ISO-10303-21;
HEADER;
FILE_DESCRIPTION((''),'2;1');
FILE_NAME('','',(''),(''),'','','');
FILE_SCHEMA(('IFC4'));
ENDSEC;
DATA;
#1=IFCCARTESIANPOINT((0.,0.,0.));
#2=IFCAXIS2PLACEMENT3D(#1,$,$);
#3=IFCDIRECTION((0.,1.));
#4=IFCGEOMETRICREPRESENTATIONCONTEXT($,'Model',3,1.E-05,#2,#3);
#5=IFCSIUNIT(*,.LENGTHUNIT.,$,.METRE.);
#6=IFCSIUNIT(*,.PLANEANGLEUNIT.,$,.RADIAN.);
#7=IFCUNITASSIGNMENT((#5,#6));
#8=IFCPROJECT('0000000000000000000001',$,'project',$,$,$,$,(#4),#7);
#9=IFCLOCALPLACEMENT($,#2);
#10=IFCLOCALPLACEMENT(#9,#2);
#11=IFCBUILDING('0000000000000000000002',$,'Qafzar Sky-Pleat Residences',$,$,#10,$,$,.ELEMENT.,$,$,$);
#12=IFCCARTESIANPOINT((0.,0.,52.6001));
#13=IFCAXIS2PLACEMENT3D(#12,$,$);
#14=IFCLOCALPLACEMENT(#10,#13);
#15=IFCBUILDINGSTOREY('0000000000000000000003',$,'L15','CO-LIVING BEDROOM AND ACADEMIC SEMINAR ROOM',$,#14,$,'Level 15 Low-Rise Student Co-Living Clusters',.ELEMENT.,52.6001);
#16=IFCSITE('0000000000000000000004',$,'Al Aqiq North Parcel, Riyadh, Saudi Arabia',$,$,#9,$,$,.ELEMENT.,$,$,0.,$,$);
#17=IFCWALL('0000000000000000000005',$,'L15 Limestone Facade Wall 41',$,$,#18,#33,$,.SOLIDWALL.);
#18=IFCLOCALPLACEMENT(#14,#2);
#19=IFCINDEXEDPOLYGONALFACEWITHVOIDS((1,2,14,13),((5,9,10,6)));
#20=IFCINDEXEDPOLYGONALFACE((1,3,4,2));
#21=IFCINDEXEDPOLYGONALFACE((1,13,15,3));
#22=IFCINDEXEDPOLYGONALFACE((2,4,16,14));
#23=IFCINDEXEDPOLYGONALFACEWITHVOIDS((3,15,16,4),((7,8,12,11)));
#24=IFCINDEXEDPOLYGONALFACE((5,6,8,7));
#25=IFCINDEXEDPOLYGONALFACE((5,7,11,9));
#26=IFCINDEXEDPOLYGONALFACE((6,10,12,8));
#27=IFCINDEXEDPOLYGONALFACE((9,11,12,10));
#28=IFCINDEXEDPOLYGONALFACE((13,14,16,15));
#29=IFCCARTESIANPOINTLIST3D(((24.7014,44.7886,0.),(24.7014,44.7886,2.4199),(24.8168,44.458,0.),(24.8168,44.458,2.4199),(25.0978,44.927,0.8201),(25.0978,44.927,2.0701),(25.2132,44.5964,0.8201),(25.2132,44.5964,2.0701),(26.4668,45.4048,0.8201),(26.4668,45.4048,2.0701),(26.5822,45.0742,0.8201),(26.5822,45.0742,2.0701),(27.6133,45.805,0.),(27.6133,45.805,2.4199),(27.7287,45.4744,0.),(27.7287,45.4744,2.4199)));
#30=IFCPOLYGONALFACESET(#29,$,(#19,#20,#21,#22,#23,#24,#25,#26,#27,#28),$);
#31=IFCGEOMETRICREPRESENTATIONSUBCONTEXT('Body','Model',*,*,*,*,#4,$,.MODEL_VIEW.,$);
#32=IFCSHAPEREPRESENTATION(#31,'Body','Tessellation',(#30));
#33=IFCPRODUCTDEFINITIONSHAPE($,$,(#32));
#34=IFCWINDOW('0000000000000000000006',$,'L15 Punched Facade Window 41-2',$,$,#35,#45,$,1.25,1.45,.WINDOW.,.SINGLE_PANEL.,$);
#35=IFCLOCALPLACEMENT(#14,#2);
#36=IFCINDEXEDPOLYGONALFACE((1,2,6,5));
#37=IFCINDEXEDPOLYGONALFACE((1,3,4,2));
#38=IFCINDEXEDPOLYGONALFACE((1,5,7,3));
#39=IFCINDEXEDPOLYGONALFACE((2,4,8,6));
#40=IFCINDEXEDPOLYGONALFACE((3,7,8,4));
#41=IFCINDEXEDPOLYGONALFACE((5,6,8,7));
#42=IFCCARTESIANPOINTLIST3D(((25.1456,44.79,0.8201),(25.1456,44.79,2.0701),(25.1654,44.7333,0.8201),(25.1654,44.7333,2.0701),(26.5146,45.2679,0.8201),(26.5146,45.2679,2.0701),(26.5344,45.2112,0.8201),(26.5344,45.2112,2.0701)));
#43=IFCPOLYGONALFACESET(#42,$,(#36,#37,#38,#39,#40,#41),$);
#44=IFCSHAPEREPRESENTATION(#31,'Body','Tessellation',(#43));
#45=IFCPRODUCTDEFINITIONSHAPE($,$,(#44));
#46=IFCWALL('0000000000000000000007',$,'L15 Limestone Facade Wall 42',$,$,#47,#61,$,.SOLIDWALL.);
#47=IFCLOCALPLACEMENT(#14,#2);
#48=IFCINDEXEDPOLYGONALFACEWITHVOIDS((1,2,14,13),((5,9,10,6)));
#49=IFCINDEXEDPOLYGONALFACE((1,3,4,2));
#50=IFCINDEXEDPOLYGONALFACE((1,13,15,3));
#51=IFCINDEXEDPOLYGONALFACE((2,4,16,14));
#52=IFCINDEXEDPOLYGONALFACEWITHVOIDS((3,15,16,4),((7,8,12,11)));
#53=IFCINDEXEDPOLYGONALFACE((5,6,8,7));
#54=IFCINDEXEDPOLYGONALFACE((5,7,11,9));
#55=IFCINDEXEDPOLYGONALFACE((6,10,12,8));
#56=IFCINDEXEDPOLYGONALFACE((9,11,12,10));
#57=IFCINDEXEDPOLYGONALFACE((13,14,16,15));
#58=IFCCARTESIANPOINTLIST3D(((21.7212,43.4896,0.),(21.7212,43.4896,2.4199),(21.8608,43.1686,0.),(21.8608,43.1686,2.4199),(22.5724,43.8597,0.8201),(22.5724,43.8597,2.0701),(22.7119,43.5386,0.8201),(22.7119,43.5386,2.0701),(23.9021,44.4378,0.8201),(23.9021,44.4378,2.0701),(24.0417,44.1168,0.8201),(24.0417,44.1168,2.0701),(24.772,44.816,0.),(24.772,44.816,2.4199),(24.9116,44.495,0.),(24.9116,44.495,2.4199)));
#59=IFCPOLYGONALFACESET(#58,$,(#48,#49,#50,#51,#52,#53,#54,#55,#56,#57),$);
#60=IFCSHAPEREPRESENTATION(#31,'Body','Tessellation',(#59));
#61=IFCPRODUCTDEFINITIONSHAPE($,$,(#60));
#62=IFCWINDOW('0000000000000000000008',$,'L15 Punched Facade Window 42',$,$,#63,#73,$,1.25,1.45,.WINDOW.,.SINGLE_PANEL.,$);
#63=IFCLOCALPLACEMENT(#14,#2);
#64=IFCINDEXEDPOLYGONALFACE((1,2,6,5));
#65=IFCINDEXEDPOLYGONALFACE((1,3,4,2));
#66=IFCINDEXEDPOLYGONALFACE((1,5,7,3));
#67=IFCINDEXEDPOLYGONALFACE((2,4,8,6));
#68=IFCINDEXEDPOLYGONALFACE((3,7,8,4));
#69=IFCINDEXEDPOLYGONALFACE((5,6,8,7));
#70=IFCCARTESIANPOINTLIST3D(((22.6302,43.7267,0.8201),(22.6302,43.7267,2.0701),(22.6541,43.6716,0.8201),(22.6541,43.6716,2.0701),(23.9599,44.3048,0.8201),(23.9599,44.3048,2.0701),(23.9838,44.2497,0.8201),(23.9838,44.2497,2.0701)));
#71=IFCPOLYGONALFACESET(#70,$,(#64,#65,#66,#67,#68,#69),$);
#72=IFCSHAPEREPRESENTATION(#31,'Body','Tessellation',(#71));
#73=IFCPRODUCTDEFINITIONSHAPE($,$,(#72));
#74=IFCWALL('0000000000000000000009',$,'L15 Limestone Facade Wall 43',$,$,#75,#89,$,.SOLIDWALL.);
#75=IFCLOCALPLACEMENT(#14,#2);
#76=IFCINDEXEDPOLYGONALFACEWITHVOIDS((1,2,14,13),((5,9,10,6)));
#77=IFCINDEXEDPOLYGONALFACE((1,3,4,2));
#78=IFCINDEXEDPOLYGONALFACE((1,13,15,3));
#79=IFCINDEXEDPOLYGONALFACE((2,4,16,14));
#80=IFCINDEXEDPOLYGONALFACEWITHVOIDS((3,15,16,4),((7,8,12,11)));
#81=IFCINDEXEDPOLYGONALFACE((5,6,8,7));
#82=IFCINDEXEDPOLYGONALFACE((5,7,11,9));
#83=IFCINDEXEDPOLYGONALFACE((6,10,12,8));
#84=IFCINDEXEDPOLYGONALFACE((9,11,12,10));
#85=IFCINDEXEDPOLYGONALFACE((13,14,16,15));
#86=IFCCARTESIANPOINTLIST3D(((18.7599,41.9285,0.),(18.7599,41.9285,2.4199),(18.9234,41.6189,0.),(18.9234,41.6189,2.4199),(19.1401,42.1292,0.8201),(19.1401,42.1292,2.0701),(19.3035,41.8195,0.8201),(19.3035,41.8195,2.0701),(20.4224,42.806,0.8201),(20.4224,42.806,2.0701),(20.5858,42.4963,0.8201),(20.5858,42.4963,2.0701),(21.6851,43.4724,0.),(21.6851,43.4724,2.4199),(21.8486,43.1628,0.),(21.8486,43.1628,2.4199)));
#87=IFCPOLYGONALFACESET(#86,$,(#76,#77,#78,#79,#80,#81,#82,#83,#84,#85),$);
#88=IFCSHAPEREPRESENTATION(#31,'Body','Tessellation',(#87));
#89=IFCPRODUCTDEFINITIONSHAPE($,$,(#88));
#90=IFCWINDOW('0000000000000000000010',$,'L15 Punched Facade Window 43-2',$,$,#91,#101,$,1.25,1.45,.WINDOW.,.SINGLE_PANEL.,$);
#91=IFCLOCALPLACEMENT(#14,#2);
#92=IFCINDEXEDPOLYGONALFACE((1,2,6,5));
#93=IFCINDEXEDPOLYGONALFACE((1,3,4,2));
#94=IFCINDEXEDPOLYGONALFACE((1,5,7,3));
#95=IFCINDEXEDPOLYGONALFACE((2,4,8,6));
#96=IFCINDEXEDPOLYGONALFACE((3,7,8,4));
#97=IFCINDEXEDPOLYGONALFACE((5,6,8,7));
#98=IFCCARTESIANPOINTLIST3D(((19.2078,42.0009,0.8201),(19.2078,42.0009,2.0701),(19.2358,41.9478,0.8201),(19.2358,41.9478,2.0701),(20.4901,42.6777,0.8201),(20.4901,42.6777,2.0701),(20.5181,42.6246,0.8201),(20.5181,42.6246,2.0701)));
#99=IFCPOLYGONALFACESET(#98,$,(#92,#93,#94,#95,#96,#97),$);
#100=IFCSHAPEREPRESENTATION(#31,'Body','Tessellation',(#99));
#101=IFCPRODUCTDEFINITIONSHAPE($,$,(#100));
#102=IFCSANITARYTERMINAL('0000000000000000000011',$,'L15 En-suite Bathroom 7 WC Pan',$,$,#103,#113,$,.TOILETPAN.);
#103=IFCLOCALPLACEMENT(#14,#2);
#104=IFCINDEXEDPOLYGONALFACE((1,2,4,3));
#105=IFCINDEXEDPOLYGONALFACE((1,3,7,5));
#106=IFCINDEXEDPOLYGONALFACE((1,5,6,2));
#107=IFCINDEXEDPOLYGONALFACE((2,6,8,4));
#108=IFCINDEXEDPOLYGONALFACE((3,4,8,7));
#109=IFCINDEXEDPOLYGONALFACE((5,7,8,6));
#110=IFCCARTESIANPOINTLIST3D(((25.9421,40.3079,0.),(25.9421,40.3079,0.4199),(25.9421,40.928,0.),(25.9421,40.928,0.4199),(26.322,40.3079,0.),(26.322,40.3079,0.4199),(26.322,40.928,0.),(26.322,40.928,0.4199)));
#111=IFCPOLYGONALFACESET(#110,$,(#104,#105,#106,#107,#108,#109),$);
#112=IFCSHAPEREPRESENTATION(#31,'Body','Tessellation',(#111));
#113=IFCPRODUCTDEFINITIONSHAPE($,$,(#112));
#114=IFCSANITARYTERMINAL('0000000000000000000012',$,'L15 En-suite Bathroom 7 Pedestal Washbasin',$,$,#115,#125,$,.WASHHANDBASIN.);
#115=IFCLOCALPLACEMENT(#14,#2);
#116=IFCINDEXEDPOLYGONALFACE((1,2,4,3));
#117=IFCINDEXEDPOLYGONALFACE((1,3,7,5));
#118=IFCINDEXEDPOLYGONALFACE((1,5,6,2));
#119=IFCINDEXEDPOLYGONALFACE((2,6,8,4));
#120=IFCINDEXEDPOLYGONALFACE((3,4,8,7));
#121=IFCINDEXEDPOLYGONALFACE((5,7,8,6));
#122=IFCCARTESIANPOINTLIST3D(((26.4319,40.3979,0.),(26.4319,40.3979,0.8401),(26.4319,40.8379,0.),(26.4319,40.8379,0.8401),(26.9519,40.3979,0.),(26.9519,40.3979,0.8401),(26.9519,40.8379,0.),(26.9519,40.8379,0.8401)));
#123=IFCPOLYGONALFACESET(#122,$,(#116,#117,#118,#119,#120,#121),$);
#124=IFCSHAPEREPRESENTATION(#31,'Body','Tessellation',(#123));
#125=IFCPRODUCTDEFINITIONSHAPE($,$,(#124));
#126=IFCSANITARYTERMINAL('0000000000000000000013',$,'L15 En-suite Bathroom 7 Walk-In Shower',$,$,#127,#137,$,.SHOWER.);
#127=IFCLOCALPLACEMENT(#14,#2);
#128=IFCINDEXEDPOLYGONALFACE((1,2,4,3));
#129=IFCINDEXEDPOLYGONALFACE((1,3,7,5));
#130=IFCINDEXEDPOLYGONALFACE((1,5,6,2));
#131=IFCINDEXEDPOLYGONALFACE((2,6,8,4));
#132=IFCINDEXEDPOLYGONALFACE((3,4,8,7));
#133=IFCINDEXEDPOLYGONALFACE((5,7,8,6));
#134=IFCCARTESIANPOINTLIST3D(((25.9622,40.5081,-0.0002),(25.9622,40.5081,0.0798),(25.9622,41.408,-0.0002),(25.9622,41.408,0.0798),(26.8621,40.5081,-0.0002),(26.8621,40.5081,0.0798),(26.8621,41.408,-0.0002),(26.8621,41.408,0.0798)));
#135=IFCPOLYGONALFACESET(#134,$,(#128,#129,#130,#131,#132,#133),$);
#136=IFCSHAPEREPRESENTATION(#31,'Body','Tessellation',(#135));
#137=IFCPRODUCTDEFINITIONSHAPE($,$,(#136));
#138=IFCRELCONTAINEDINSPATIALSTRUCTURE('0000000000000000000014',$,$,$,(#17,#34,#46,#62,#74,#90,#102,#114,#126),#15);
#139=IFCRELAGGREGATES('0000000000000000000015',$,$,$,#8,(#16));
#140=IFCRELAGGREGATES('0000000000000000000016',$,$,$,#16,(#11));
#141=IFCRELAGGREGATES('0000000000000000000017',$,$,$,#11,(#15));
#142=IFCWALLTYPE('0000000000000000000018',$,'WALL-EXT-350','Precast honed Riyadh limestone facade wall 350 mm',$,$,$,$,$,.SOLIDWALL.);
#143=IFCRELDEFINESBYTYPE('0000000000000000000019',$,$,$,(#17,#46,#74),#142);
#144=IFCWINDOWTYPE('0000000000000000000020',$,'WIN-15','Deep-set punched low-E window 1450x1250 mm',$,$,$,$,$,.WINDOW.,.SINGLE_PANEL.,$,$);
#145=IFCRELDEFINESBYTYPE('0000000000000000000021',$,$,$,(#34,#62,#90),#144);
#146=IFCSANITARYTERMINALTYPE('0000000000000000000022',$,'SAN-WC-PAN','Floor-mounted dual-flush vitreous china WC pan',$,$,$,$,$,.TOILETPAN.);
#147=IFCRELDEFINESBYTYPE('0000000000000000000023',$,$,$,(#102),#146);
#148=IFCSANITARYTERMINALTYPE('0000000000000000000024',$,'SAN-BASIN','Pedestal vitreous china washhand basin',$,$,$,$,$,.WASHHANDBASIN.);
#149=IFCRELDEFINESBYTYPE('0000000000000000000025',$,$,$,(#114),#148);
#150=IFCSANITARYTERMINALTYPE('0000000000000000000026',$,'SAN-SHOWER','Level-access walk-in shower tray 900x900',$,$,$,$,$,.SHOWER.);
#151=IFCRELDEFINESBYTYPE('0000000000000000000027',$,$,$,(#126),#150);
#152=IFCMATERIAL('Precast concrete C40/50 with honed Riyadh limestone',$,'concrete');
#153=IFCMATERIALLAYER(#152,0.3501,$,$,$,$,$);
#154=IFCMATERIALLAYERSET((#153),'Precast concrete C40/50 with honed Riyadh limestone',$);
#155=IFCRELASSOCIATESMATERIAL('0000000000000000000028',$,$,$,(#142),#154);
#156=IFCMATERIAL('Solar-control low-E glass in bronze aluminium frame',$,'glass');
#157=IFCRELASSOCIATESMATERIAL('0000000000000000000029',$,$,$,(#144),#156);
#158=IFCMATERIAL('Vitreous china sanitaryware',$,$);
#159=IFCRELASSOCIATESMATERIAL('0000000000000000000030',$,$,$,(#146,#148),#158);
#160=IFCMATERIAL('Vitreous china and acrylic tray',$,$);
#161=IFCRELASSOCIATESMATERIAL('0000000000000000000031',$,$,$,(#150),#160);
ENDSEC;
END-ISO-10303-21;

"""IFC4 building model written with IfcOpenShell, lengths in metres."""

from ifc_helpers import new_model, si_unit, direction, frame, frame_2d, origin, origin_2d, place, context, subcontext, project, spatial, rectangle, extrude, source, transform, mapped, material, layer, layer_set, type_object, element, fill, save


model = new_model("IFC4")

# Units and contexts
model_context = context("Model", 3, precision=1e-05, world=origin(), true_north=direction((0.0, 1.0)))
body_context = subcontext(model_context, "Body", "Model", "MODEL_VIEW")
ifc_project = project(units=[si_unit("LENGTHUNIT", "METRE"), si_unit("PLANEANGLEUNIT", "RADIAN")], contexts=[model_context])

# Site, building, storey
site_placement = place(None, origin())
site = spatial("IfcSite", under=ifc_project, at=site_placement, Name="Al Aqiq North Parcel, Riyadh, Saudi Arabia", CompositionType="ELEMENT", RefElevation=0.0)
building_placement = place(site_placement, origin())
building = spatial("IfcBuilding", under=site, at=building_placement, Name="Qafzar Sky-Pleat Residences", CompositionType="ELEMENT")
storey_placement = place(building_placement, frame((0.0, 0.0, 52.6001)))
storey = spatial("IfcBuildingStorey", under=building, at=storey_placement, Name="L15", Description="CO-LIVING BEDROOM AND ACADEMIC SEMINAR ROOM", LongName="Level 15 Low-Rise Student Co-Living Clusters", CompositionType="ELEMENT", Elevation=52.6001)

# Walls, openings, windows
ifc_material_1 = material(Name="Precast concrete C40/50 with honed Riyadh limestone", Category="concrete")
ifc_layer_1 = layer(ifc_material_1, 0.3501)
ifc_layer_set_1 = layer_set([ifc_layer_1], Name="Precast concrete C40/50 with honed Riyadh limestone")
wall_type_1 = type_object("IfcWallType", Name="WALL-EXT-350", Description="Precast honed Riyadh limestone facade wall 350 mm", PredefinedType="SOLIDWALL", material=ifc_layer_set_1)
wall_1_placement = place(storey_placement, frame((27.6709, 45.6396, 0.0), z_axis=(0.0, 0.0, 1.0), x_axis=(-0.944141, -0.329543, 0.0)))
wall_1 = element("IfcWall", 1, at=wall_1_placement, inside=storey, type_object=wall_type_1, Name="L15 Limestone Facade Wall 41", PredefinedType="SOLIDWALL", context=body_context, shape_type="SweptSolid", body=[
    extrude(rectangle(XDim=3.0842, YDim=0.3501, at=frame_2d((1.542, 0.0))), origin(), (0.0, 0.0, 1.0), 2.4199),
])
opening_1_placement = place(wall_1_placement, frame((1.2141, 0.0, 0.8201)))
opening_1 = element("IfcOpeningElement", 2, at=opening_1_placement, cuts=wall_1, PredefinedType="OPENING", context=body_context, shape_type="SweptSolid", body=[
    extrude(rectangle(XDim=1.45, YDim=1.25, at=frame_2d((0.7251, 0.625))), frame((0.0, 0.1851, 0.0), z_axis=(0.0, -1.0, 0.0), x_axis=(1.0, 0.0, 0.0)), (0.0, 0.0, 1.0), 0.3701),
])
ifc_material_2 = material(Name="Solar-control low-E glass in bronze aluminium frame", Category="glass")
window_type = type_object("IfcWindowType", Name="WIN-15", Description="Deep-set punched low-E window 1450x1250 mm", PartitioningType="SINGLE_PANEL", PredefinedType="WINDOW", material=ifc_material_2)
shared_shape_1 = source(origin(), body_context, "Body", "SweptSolid", [
    extrude(rectangle(XDim=1.45, YDim=1.25, at=frame_2d((0.7251, 0.625))), frame((0.0, 0.03, 0.0), z_axis=(0.0, -1.0, 0.0), x_axis=(1.0, 0.0, 0.0)), (0.0, 0.0, 1.0), 0.0601),
])
window_1_placement = place(opening_1_placement, origin())
window_1 = element("IfcWindow", 3, at=window_1_placement, inside=storey, type_object=window_type, Name="L15 Punched Facade Window 41-2", OverallHeight=1.25, OverallWidth=1.45, PartitioningType="SINGLE_PANEL", PredefinedType="WINDOW", context=body_context, shape_type="MappedRepresentation", body=[
    mapped(shared_shape_1, transform((0.0, 0.0, 0.0), x_axis=(1.0, 0.0, 0.0), y_axis=(0.0, 1.0, 0.0), z_axis=(0.0, 0.0, 1.0), scale=1.0)),
])
fill(opening_1, window_1)
wall_2_placement = place(storey_placement, frame((24.8418, 44.6555, 0.0), z_axis=(0.0, 0.0, 1.0), x_axis=(-0.917071, -0.398723, 0.0)))
wall_2 = element("IfcWall", 4, at=wall_2_placement, inside=storey, type_object=wall_type_1, Name="L15 Limestone Facade Wall 42", PredefinedType="SOLIDWALL", context=body_context, shape_type="SweptSolid", body=[
    extrude(rectangle(XDim=3.3267, YDim=0.3501, at=frame_2d((1.6633, 0.0))), origin(), (0.0, 0.0, 1.0), 2.4199),
])
opening_2_placement = place(wall_2_placement, frame((0.9485, 0.0, 0.8201)))
opening_2 = element("IfcOpeningElement", 5, at=opening_2_placement, cuts=wall_2, PredefinedType="OPENING", context=body_context, shape_type="SweptSolid", body=[
    extrude(rectangle(XDim=1.45, YDim=1.25, at=frame_2d((0.7251, 0.625))), frame((0.0, 0.1851, 0.0), z_axis=(0.0, -1.0, 0.0), x_axis=(1.0, 0.0, 0.0)), (0.0, 0.0, 1.0), 0.3701),
])
window_2_placement = place(opening_2_placement, origin())
window_2 = element("IfcWindow", 6, at=window_2_placement, inside=storey, type_object=window_type, Name="L15 Punched Facade Window 42", OverallHeight=1.25, OverallWidth=1.45, PartitioningType="SINGLE_PANEL", PredefinedType="WINDOW", context=body_context, shape_type="MappedRepresentation", body=[
    mapped(shared_shape_1, transform((0.0, 0.0, 0.0), x_axis=(1.0, 0.0, 0.0), y_axis=(0.0, 1.0, 0.0), z_axis=(0.0, 0.0, 1.0), scale=1.0)),
])
fill(opening_2, window_2)
wall_3_placement = place(storey_placement, frame((21.7668, 43.3176, 0.0), z_axis=(0.0, 0.0, 1.0), x_axis=(-0.88438, -0.466768, 0.0)))
wall_3 = element("IfcWall", 7, at=wall_3_placement, inside=storey, type_object=wall_type_1, Name="L15 Limestone Facade Wall 43", PredefinedType="SOLIDWALL", context=body_context, shape_type="SweptSolid", body=[
    extrude(rectangle(XDim=3.3076, YDim=0.3501, at=frame_2d((1.6538, 0.0))), origin(), (0.0, 0.0, 1.0), 2.4199),
])
opening_3_placement = place(wall_3_placement, frame((1.4277, 0.0, 0.8201)))
opening_3 = element("IfcOpeningElement", 8, at=opening_3_placement, cuts=wall_3, PredefinedType="OPENING", context=body_context, shape_type="SweptSolid", body=[
    extrude(rectangle(XDim=1.45, YDim=1.25, at=frame_2d((0.7251, 0.625))), frame((0.0, 0.1851, 0.0), z_axis=(0.0, -1.0, 0.0), x_axis=(1.0, 0.0, 0.0)), (0.0, 0.0, 1.0), 0.3701),
])
window_3_placement = place(opening_3_placement, origin())
window_3 = element("IfcWindow", 9, at=window_3_placement, inside=storey, type_object=window_type, Name="L15 Punched Facade Window 43-2", OverallHeight=1.25, OverallWidth=1.45, PartitioningType="SINGLE_PANEL", PredefinedType="WINDOW", context=body_context, shape_type="MappedRepresentation", body=[
    mapped(shared_shape_1, transform((0.0, 0.0, 0.0), x_axis=(1.0, 0.0, 0.0), y_axis=(0.0, 1.0, 0.0), z_axis=(0.0, 0.0, 1.0), scale=1.0)),
])
fill(opening_3, window_3)

# Sanitary terminals
ifc_material_3 = material(Name="Vitreous china sanitaryware")
sanitary_terminal_type_1 = type_object("IfcSanitaryTerminalType", Name="SAN-WC-PAN", Description="Floor-mounted dual-flush vitreous china WC pan", PredefinedType="TOILETPAN", material=ifc_material_3)
shared_shape_2 = source(origin(), body_context, "Body", "SweptSolid", [
    extrude(rectangle(XDim=0.3799, YDim=0.6201, at=origin_2d()), origin(), (0.0, 0.0, 1.0), 0.4199),
])
sanitary_terminal_1_placement = place(storey_placement, frame((26.1321, 40.6179, 0.0), z_axis=(0.0, 0.0, 1.0), x_axis=(1.0, 0.0, 0.0)))
element("IfcSanitaryTerminal", 10, at=sanitary_terminal_1_placement, inside=storey, type_object=sanitary_terminal_type_1, Name="L15 En-suite Bathroom 7 WC Pan", PredefinedType="TOILETPAN", context=body_context, shape_type="MappedRepresentation", body=[
    mapped(shared_shape_2, transform((0.0, 0.0, 0.0), x_axis=(1.0, 0.0, 0.0), y_axis=(0.0, 1.0, 0.0), z_axis=(0.0, 0.0, 1.0), scale=1.0)),
])
sanitary_terminal_type_2 = type_object("IfcSanitaryTerminalType", Name="SAN-BASIN", Description="Pedestal vitreous china washhand basin", PredefinedType="WASHHANDBASIN", material=ifc_material_3)
shared_shape_3 = source(origin(), body_context, "Body", "SweptSolid", [
    extrude(rectangle(XDim=0.52, YDim=0.4399, at=origin_2d()), origin(), (0.0, 0.0, 1.0), 0.8401),
])
sanitary_terminal_2_placement = place(storey_placement, frame((26.6919, 40.6179, 0.0), z_axis=(0.0, 0.0, 1.0), x_axis=(1.0, 0.0, 0.0)))
element("IfcSanitaryTerminal", 11, at=sanitary_terminal_2_placement, inside=storey, type_object=sanitary_terminal_type_2, Name="L15 En-suite Bathroom 7 Pedestal Washbasin", PredefinedType="WASHHANDBASIN", context=body_context, shape_type="MappedRepresentation", body=[
    mapped(shared_shape_3, transform((0.0, 0.0, 0.0), x_axis=(1.0, 0.0, 0.0), y_axis=(0.0, 1.0, 0.0), z_axis=(0.0, 0.0, 1.0), scale=1.0)),
])
ifc_material_4 = material(Name="Vitreous china and acrylic tray")
sanitary_terminal_type_3 = type_object("IfcSanitaryTerminalType", Name="SAN-SHOWER", Description="Level-access walk-in shower tray 900x900", PredefinedType="SHOWER", material=ifc_material_4)
shared_shape_4 = source(origin(), body_context, "Body", "SweptSolid", [
    extrude(rectangle(XDim=0.8999, YDim=0.8999, at=origin_2d()), origin(), (0.0, 0.0, 1.0), 0.0801),
])
sanitary_terminal_3_placement = place(storey_placement, frame((26.4121, 40.958, -0.0002), z_axis=(0.0, 0.0, 1.0), x_axis=(1.0, 0.0, 0.0)))
element("IfcSanitaryTerminal", 12, at=sanitary_terminal_3_placement, inside=storey, type_object=sanitary_terminal_type_3, Name="L15 En-suite Bathroom 7 Walk-In Shower", PredefinedType="SHOWER", context=body_context, shape_type="MappedRepresentation", body=[
    mapped(shared_shape_4, transform((0.0, 0.0, 0.0), x_axis=(1.0, 0.0, 0.0), y_axis=(0.0, 1.0, 0.0), z_axis=(0.0, 0.0, 1.0), scale=1.0)),
])

save(model, "model.ifc")
